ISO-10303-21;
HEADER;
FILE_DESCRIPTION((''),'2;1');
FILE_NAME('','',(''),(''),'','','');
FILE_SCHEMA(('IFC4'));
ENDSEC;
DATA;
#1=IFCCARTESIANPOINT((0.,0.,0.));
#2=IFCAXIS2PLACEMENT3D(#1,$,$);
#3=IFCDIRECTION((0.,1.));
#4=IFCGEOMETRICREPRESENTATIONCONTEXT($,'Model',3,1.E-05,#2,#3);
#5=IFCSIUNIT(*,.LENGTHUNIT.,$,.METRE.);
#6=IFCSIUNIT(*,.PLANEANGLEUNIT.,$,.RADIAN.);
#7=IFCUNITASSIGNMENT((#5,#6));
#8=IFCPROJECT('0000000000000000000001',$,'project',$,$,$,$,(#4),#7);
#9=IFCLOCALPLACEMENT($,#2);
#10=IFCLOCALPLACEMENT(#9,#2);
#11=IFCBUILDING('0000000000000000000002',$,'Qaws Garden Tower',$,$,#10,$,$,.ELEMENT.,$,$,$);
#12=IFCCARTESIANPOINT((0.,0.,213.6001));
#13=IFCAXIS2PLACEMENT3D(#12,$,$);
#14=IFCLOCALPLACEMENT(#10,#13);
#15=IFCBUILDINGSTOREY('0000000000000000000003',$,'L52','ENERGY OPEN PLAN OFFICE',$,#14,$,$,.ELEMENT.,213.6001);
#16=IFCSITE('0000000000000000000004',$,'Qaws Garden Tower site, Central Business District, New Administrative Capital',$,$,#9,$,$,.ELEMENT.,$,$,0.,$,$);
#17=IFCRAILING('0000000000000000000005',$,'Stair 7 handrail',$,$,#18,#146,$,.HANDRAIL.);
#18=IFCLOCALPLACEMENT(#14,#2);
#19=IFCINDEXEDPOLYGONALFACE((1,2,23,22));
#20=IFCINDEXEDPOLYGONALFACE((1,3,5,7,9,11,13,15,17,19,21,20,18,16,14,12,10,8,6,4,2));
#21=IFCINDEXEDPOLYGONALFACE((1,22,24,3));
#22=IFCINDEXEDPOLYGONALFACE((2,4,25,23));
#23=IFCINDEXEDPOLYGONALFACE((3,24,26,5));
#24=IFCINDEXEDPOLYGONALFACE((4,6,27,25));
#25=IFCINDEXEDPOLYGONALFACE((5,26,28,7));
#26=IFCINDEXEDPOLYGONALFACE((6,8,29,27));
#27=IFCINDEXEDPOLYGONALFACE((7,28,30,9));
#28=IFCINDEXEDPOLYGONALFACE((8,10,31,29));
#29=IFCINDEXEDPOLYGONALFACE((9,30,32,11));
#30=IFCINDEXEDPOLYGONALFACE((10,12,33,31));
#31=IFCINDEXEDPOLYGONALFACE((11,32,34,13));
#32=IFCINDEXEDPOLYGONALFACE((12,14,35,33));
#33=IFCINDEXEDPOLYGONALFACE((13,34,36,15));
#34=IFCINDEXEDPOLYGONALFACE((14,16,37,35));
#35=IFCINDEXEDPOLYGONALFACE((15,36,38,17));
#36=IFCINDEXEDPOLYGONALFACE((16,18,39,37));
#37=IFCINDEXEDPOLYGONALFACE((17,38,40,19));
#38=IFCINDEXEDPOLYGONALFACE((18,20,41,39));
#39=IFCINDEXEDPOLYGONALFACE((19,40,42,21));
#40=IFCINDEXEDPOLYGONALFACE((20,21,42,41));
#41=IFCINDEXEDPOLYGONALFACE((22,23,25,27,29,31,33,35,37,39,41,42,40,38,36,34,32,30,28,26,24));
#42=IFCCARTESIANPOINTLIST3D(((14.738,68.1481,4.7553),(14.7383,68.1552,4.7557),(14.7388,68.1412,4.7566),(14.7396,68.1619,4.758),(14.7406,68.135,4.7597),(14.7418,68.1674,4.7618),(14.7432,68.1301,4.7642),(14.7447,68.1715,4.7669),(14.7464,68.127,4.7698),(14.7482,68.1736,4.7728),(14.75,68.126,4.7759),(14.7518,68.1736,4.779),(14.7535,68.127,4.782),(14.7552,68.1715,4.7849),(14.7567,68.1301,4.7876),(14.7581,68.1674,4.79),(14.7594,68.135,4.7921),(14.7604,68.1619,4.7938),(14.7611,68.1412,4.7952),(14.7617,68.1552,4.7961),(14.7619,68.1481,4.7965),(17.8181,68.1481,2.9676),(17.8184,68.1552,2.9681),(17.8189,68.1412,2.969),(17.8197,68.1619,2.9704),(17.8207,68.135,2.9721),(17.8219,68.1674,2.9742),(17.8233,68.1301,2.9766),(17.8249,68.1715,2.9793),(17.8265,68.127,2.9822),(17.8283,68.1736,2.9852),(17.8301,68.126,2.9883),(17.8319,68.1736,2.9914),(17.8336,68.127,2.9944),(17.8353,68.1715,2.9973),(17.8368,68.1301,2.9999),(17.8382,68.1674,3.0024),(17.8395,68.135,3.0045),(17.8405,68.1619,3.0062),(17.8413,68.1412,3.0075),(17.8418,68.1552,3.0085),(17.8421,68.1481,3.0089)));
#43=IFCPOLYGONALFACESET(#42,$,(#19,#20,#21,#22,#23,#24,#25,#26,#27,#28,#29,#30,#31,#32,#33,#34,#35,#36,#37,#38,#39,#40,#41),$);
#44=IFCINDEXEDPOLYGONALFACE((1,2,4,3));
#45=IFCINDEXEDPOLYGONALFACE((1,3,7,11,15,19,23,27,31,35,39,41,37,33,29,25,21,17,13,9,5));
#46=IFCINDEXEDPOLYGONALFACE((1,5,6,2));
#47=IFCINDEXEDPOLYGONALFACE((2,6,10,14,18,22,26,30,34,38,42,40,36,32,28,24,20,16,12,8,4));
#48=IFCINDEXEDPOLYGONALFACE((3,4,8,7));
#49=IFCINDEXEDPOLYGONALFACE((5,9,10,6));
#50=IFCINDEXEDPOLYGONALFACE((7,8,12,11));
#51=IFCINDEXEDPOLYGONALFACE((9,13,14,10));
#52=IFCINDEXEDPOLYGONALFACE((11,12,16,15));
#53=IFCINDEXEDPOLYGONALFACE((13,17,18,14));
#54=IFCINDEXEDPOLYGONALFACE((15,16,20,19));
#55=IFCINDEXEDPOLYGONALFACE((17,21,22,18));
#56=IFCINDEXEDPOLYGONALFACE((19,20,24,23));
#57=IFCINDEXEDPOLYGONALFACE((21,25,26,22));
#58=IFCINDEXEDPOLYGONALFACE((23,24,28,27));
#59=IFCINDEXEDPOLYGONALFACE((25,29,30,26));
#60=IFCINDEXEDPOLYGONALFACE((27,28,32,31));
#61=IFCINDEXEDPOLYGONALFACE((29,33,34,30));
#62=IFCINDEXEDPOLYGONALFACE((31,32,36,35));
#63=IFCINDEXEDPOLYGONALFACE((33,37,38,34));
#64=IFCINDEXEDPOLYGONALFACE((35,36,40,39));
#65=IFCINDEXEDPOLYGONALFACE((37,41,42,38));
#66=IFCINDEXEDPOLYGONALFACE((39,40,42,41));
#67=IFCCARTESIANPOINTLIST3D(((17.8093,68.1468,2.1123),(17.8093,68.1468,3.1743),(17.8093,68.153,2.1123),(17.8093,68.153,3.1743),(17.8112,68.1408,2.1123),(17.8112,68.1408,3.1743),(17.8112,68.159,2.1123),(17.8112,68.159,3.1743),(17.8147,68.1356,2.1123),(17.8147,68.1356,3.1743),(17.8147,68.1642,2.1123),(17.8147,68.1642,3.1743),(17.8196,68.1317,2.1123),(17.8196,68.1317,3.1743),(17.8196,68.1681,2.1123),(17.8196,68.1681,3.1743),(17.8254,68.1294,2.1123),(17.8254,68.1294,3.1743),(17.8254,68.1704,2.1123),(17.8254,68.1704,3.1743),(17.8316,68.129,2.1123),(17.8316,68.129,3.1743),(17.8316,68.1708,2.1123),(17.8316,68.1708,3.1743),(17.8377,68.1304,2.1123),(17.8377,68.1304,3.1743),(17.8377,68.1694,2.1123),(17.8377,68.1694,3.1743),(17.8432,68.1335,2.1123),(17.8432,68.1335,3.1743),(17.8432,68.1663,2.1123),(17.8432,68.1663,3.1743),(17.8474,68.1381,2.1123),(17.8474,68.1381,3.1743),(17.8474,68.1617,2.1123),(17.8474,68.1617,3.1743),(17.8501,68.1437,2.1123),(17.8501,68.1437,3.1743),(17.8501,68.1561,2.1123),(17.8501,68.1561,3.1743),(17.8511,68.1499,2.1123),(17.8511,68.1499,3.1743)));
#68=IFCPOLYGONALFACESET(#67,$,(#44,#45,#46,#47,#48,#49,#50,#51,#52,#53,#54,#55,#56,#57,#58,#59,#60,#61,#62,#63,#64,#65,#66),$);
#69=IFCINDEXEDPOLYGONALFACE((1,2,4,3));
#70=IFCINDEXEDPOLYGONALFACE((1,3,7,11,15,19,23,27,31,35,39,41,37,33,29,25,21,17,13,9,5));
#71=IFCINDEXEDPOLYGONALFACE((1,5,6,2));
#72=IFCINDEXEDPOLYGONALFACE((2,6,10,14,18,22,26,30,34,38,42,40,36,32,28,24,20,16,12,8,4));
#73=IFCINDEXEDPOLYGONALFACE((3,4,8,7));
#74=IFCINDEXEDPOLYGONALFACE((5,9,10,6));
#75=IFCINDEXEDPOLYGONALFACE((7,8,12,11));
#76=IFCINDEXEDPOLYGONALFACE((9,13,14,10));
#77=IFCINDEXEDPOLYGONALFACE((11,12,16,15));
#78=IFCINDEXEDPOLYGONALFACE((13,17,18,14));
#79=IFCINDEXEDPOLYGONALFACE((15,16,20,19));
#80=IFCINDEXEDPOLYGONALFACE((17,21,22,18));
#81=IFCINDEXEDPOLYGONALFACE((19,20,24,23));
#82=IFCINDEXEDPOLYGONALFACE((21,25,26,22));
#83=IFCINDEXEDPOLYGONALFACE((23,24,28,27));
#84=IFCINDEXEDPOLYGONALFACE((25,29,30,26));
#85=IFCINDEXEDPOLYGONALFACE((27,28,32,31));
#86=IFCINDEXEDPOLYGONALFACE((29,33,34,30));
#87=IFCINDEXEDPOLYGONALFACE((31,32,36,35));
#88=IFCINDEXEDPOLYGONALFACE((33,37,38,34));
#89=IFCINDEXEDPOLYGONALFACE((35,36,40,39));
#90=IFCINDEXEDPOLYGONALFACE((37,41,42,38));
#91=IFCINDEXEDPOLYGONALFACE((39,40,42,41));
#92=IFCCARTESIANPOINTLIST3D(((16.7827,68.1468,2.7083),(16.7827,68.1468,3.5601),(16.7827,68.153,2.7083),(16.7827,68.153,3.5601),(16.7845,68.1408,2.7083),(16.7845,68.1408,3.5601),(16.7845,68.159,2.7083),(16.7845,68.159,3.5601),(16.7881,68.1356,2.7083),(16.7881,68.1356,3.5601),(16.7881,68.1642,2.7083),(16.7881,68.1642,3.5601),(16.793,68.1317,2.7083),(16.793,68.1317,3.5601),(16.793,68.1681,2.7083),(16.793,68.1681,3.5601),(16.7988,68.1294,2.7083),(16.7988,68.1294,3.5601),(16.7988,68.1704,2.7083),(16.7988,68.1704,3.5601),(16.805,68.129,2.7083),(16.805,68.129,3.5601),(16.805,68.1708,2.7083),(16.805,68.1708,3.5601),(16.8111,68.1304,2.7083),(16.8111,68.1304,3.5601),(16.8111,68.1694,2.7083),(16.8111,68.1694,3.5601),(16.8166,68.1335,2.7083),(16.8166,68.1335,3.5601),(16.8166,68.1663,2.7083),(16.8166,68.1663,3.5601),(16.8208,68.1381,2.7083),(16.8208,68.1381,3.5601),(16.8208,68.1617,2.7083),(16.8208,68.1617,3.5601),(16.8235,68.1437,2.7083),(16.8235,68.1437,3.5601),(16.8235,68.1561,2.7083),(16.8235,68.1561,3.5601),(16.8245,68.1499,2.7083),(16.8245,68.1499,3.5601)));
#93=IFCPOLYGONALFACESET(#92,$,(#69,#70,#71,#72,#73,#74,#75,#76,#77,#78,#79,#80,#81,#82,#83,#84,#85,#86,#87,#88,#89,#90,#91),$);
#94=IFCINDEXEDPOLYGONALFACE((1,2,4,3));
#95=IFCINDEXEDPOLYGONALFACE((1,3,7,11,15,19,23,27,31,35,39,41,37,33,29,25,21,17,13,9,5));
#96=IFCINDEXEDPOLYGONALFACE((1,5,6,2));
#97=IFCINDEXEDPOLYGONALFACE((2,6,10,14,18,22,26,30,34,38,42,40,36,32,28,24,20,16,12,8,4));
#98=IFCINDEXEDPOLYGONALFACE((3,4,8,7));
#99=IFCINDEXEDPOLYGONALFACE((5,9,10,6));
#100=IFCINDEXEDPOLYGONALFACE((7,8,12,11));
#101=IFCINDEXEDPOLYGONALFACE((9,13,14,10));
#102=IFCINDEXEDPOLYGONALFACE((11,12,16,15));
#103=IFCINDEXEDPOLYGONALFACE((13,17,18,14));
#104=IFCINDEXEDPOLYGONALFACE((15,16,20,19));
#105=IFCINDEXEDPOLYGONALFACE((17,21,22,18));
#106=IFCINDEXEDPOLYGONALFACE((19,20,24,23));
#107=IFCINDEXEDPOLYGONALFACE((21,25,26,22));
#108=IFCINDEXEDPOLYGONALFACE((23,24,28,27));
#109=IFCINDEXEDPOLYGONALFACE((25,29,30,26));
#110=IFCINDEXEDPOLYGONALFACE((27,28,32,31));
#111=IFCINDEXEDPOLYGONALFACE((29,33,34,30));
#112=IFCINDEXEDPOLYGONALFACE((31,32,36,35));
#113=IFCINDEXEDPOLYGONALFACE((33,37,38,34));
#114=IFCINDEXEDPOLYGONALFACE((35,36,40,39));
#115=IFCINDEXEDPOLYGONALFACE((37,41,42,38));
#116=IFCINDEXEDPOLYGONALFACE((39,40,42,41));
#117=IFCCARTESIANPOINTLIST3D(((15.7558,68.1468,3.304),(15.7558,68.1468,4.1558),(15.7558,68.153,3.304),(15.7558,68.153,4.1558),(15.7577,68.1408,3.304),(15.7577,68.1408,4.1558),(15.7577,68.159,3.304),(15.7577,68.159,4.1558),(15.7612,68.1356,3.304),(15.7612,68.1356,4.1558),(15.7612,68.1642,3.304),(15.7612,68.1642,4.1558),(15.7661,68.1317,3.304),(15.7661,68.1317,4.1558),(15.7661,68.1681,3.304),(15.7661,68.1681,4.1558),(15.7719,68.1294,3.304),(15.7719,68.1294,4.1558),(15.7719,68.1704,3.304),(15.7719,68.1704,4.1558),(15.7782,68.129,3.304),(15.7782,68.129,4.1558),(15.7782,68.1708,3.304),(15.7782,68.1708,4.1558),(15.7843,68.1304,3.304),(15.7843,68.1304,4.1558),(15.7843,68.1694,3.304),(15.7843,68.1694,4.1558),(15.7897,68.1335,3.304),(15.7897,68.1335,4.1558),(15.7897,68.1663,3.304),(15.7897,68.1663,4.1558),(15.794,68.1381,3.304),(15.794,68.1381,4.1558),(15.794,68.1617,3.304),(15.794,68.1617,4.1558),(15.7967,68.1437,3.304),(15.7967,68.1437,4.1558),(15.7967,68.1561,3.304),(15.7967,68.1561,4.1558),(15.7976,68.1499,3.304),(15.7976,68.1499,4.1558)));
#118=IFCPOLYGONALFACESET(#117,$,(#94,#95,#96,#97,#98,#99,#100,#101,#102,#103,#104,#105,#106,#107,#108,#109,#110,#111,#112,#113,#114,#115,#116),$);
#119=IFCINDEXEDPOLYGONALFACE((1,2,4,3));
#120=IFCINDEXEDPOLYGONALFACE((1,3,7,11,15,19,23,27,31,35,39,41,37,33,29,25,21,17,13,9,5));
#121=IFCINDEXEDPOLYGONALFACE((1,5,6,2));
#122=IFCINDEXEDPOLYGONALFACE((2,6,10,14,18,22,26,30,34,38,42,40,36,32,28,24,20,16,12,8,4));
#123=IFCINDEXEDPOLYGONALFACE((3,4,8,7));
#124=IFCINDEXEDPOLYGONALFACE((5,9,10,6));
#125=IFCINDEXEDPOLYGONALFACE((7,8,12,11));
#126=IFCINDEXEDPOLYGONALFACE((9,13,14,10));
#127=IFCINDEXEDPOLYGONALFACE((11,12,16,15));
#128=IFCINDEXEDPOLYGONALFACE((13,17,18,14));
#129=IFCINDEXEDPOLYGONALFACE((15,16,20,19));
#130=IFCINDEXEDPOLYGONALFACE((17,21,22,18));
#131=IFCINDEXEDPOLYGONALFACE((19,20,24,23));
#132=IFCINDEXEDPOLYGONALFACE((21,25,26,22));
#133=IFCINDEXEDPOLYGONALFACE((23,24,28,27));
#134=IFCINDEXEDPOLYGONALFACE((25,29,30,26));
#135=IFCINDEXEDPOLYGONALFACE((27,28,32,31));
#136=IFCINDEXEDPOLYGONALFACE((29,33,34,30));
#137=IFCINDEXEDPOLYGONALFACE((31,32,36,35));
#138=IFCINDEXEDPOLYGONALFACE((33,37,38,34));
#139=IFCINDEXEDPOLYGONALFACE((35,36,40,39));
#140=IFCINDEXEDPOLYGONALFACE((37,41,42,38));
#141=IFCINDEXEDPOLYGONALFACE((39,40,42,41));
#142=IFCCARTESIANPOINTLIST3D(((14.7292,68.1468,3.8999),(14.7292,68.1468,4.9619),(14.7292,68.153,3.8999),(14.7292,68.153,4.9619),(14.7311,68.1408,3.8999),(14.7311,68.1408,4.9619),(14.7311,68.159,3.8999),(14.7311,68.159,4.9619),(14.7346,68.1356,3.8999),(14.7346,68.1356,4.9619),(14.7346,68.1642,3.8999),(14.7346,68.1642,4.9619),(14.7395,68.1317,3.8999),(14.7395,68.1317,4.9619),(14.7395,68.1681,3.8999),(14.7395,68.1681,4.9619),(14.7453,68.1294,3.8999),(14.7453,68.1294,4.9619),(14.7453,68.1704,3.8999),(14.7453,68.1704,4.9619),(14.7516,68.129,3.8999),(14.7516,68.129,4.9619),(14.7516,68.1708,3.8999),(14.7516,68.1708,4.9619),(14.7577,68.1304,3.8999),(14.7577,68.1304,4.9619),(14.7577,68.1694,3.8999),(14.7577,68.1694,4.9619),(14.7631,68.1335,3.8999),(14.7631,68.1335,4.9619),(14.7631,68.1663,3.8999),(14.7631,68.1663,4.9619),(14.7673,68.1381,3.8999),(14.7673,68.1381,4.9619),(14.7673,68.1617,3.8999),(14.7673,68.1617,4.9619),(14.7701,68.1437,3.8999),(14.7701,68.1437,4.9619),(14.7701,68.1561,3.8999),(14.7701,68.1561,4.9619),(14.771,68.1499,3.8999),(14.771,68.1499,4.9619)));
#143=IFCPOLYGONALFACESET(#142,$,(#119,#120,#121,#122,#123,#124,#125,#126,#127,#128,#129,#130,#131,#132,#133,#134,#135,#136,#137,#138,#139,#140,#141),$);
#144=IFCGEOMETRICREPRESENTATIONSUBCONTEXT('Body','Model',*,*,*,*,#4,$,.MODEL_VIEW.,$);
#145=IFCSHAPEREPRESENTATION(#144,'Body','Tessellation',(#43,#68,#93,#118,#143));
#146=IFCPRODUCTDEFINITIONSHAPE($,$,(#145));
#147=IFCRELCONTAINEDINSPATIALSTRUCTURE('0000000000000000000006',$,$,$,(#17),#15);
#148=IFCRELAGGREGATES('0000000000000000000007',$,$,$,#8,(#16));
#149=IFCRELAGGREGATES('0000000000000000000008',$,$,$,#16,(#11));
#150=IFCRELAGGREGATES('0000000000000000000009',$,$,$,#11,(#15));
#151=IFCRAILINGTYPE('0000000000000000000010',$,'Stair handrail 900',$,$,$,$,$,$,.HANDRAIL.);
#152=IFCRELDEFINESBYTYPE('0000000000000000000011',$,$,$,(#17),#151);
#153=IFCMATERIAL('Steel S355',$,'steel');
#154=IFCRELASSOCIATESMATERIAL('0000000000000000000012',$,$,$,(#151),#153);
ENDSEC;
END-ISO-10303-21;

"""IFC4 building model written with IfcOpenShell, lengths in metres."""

from ifc_helpers import new_model, si_unit, direction, frame, origin, origin_2d, place, context, subcontext, project, spatial, circle, extrude, material, type_object, element, save


model = new_model("IFC4")

# Units and contexts
model_context = context("Model", 3, precision=1e-05, world=origin(), true_north=direction((0.0, 1.0)))
body_context = subcontext(model_context, "Body", "Model", "MODEL_VIEW")
ifc_project = project(units=[si_unit("LENGTHUNIT", "METRE"), si_unit("PLANEANGLEUNIT", "RADIAN")], contexts=[model_context])

# Site, building, storey
site_placement = place(None, origin())
site = spatial("IfcSite", under=ifc_project, at=site_placement, Name="Qaws Garden Tower site, Central Business District, New Administrative Capital", CompositionType="ELEMENT", RefElevation=0.0)
building_placement = place(site_placement, origin())
building = spatial("IfcBuilding", under=site, at=building_placement, Name="Qaws Garden Tower", CompositionType="ELEMENT")
storey_placement = place(building_placement, frame((0.0, 0.0, 213.6001)))
storey = spatial("IfcBuildingStorey", under=building, at=storey_placement, Name="L52", Description="ENERGY OPEN PLAN OFFICE", CompositionType="ELEMENT", Elevation=213.6001)

# Railing
ifc_material_1 = material(Name="Steel S355", Category="steel")
railing_type = type_object("IfcRailingType", Name="Stair handrail 900", PredefinedType="HANDRAIL", material=ifc_material_1)
railing_placement = place(storey_placement, frame((17.8301, 68.1499, 2.1123)))
element("IfcRailing", 1, at=railing_placement, inside=storey, type_object=railing_type, Name="Stair 7 handrail", PredefinedType="HANDRAIL", context=body_context, shape_type="SweptSolid", body=[
    extrude(circle(Radius=0.0239, at=origin_2d()), frame((0.0, 0.0, 0.876), z_axis=(-0.864891, 0.0, 0.50196), x_axis=(0.0, -1.0, 0.0)), (0.0, 0.0, 1.0), 3.5613),
    extrude(circle(Radius=0.021, at=origin_2d()), origin(), (0.0, 0.0, 1.0), 1.062),
    extrude(circle(Radius=0.021, at=origin_2d()), frame((-1.0266, 0.0, 0.5959)), (0.0, 0.0, 1.0), 0.8518),
    extrude(circle(Radius=0.021, at=origin_2d()), frame((-2.0535, 0.0, 1.1917)), (0.0, 0.0, 1.0), 0.8518),
    extrude(circle(Radius=0.021, at=origin_2d()), frame((-3.0801, 0.0, 1.7876)), (0.0, 0.0, 1.0), 1.062),
])

save(model, "model.ifc")
